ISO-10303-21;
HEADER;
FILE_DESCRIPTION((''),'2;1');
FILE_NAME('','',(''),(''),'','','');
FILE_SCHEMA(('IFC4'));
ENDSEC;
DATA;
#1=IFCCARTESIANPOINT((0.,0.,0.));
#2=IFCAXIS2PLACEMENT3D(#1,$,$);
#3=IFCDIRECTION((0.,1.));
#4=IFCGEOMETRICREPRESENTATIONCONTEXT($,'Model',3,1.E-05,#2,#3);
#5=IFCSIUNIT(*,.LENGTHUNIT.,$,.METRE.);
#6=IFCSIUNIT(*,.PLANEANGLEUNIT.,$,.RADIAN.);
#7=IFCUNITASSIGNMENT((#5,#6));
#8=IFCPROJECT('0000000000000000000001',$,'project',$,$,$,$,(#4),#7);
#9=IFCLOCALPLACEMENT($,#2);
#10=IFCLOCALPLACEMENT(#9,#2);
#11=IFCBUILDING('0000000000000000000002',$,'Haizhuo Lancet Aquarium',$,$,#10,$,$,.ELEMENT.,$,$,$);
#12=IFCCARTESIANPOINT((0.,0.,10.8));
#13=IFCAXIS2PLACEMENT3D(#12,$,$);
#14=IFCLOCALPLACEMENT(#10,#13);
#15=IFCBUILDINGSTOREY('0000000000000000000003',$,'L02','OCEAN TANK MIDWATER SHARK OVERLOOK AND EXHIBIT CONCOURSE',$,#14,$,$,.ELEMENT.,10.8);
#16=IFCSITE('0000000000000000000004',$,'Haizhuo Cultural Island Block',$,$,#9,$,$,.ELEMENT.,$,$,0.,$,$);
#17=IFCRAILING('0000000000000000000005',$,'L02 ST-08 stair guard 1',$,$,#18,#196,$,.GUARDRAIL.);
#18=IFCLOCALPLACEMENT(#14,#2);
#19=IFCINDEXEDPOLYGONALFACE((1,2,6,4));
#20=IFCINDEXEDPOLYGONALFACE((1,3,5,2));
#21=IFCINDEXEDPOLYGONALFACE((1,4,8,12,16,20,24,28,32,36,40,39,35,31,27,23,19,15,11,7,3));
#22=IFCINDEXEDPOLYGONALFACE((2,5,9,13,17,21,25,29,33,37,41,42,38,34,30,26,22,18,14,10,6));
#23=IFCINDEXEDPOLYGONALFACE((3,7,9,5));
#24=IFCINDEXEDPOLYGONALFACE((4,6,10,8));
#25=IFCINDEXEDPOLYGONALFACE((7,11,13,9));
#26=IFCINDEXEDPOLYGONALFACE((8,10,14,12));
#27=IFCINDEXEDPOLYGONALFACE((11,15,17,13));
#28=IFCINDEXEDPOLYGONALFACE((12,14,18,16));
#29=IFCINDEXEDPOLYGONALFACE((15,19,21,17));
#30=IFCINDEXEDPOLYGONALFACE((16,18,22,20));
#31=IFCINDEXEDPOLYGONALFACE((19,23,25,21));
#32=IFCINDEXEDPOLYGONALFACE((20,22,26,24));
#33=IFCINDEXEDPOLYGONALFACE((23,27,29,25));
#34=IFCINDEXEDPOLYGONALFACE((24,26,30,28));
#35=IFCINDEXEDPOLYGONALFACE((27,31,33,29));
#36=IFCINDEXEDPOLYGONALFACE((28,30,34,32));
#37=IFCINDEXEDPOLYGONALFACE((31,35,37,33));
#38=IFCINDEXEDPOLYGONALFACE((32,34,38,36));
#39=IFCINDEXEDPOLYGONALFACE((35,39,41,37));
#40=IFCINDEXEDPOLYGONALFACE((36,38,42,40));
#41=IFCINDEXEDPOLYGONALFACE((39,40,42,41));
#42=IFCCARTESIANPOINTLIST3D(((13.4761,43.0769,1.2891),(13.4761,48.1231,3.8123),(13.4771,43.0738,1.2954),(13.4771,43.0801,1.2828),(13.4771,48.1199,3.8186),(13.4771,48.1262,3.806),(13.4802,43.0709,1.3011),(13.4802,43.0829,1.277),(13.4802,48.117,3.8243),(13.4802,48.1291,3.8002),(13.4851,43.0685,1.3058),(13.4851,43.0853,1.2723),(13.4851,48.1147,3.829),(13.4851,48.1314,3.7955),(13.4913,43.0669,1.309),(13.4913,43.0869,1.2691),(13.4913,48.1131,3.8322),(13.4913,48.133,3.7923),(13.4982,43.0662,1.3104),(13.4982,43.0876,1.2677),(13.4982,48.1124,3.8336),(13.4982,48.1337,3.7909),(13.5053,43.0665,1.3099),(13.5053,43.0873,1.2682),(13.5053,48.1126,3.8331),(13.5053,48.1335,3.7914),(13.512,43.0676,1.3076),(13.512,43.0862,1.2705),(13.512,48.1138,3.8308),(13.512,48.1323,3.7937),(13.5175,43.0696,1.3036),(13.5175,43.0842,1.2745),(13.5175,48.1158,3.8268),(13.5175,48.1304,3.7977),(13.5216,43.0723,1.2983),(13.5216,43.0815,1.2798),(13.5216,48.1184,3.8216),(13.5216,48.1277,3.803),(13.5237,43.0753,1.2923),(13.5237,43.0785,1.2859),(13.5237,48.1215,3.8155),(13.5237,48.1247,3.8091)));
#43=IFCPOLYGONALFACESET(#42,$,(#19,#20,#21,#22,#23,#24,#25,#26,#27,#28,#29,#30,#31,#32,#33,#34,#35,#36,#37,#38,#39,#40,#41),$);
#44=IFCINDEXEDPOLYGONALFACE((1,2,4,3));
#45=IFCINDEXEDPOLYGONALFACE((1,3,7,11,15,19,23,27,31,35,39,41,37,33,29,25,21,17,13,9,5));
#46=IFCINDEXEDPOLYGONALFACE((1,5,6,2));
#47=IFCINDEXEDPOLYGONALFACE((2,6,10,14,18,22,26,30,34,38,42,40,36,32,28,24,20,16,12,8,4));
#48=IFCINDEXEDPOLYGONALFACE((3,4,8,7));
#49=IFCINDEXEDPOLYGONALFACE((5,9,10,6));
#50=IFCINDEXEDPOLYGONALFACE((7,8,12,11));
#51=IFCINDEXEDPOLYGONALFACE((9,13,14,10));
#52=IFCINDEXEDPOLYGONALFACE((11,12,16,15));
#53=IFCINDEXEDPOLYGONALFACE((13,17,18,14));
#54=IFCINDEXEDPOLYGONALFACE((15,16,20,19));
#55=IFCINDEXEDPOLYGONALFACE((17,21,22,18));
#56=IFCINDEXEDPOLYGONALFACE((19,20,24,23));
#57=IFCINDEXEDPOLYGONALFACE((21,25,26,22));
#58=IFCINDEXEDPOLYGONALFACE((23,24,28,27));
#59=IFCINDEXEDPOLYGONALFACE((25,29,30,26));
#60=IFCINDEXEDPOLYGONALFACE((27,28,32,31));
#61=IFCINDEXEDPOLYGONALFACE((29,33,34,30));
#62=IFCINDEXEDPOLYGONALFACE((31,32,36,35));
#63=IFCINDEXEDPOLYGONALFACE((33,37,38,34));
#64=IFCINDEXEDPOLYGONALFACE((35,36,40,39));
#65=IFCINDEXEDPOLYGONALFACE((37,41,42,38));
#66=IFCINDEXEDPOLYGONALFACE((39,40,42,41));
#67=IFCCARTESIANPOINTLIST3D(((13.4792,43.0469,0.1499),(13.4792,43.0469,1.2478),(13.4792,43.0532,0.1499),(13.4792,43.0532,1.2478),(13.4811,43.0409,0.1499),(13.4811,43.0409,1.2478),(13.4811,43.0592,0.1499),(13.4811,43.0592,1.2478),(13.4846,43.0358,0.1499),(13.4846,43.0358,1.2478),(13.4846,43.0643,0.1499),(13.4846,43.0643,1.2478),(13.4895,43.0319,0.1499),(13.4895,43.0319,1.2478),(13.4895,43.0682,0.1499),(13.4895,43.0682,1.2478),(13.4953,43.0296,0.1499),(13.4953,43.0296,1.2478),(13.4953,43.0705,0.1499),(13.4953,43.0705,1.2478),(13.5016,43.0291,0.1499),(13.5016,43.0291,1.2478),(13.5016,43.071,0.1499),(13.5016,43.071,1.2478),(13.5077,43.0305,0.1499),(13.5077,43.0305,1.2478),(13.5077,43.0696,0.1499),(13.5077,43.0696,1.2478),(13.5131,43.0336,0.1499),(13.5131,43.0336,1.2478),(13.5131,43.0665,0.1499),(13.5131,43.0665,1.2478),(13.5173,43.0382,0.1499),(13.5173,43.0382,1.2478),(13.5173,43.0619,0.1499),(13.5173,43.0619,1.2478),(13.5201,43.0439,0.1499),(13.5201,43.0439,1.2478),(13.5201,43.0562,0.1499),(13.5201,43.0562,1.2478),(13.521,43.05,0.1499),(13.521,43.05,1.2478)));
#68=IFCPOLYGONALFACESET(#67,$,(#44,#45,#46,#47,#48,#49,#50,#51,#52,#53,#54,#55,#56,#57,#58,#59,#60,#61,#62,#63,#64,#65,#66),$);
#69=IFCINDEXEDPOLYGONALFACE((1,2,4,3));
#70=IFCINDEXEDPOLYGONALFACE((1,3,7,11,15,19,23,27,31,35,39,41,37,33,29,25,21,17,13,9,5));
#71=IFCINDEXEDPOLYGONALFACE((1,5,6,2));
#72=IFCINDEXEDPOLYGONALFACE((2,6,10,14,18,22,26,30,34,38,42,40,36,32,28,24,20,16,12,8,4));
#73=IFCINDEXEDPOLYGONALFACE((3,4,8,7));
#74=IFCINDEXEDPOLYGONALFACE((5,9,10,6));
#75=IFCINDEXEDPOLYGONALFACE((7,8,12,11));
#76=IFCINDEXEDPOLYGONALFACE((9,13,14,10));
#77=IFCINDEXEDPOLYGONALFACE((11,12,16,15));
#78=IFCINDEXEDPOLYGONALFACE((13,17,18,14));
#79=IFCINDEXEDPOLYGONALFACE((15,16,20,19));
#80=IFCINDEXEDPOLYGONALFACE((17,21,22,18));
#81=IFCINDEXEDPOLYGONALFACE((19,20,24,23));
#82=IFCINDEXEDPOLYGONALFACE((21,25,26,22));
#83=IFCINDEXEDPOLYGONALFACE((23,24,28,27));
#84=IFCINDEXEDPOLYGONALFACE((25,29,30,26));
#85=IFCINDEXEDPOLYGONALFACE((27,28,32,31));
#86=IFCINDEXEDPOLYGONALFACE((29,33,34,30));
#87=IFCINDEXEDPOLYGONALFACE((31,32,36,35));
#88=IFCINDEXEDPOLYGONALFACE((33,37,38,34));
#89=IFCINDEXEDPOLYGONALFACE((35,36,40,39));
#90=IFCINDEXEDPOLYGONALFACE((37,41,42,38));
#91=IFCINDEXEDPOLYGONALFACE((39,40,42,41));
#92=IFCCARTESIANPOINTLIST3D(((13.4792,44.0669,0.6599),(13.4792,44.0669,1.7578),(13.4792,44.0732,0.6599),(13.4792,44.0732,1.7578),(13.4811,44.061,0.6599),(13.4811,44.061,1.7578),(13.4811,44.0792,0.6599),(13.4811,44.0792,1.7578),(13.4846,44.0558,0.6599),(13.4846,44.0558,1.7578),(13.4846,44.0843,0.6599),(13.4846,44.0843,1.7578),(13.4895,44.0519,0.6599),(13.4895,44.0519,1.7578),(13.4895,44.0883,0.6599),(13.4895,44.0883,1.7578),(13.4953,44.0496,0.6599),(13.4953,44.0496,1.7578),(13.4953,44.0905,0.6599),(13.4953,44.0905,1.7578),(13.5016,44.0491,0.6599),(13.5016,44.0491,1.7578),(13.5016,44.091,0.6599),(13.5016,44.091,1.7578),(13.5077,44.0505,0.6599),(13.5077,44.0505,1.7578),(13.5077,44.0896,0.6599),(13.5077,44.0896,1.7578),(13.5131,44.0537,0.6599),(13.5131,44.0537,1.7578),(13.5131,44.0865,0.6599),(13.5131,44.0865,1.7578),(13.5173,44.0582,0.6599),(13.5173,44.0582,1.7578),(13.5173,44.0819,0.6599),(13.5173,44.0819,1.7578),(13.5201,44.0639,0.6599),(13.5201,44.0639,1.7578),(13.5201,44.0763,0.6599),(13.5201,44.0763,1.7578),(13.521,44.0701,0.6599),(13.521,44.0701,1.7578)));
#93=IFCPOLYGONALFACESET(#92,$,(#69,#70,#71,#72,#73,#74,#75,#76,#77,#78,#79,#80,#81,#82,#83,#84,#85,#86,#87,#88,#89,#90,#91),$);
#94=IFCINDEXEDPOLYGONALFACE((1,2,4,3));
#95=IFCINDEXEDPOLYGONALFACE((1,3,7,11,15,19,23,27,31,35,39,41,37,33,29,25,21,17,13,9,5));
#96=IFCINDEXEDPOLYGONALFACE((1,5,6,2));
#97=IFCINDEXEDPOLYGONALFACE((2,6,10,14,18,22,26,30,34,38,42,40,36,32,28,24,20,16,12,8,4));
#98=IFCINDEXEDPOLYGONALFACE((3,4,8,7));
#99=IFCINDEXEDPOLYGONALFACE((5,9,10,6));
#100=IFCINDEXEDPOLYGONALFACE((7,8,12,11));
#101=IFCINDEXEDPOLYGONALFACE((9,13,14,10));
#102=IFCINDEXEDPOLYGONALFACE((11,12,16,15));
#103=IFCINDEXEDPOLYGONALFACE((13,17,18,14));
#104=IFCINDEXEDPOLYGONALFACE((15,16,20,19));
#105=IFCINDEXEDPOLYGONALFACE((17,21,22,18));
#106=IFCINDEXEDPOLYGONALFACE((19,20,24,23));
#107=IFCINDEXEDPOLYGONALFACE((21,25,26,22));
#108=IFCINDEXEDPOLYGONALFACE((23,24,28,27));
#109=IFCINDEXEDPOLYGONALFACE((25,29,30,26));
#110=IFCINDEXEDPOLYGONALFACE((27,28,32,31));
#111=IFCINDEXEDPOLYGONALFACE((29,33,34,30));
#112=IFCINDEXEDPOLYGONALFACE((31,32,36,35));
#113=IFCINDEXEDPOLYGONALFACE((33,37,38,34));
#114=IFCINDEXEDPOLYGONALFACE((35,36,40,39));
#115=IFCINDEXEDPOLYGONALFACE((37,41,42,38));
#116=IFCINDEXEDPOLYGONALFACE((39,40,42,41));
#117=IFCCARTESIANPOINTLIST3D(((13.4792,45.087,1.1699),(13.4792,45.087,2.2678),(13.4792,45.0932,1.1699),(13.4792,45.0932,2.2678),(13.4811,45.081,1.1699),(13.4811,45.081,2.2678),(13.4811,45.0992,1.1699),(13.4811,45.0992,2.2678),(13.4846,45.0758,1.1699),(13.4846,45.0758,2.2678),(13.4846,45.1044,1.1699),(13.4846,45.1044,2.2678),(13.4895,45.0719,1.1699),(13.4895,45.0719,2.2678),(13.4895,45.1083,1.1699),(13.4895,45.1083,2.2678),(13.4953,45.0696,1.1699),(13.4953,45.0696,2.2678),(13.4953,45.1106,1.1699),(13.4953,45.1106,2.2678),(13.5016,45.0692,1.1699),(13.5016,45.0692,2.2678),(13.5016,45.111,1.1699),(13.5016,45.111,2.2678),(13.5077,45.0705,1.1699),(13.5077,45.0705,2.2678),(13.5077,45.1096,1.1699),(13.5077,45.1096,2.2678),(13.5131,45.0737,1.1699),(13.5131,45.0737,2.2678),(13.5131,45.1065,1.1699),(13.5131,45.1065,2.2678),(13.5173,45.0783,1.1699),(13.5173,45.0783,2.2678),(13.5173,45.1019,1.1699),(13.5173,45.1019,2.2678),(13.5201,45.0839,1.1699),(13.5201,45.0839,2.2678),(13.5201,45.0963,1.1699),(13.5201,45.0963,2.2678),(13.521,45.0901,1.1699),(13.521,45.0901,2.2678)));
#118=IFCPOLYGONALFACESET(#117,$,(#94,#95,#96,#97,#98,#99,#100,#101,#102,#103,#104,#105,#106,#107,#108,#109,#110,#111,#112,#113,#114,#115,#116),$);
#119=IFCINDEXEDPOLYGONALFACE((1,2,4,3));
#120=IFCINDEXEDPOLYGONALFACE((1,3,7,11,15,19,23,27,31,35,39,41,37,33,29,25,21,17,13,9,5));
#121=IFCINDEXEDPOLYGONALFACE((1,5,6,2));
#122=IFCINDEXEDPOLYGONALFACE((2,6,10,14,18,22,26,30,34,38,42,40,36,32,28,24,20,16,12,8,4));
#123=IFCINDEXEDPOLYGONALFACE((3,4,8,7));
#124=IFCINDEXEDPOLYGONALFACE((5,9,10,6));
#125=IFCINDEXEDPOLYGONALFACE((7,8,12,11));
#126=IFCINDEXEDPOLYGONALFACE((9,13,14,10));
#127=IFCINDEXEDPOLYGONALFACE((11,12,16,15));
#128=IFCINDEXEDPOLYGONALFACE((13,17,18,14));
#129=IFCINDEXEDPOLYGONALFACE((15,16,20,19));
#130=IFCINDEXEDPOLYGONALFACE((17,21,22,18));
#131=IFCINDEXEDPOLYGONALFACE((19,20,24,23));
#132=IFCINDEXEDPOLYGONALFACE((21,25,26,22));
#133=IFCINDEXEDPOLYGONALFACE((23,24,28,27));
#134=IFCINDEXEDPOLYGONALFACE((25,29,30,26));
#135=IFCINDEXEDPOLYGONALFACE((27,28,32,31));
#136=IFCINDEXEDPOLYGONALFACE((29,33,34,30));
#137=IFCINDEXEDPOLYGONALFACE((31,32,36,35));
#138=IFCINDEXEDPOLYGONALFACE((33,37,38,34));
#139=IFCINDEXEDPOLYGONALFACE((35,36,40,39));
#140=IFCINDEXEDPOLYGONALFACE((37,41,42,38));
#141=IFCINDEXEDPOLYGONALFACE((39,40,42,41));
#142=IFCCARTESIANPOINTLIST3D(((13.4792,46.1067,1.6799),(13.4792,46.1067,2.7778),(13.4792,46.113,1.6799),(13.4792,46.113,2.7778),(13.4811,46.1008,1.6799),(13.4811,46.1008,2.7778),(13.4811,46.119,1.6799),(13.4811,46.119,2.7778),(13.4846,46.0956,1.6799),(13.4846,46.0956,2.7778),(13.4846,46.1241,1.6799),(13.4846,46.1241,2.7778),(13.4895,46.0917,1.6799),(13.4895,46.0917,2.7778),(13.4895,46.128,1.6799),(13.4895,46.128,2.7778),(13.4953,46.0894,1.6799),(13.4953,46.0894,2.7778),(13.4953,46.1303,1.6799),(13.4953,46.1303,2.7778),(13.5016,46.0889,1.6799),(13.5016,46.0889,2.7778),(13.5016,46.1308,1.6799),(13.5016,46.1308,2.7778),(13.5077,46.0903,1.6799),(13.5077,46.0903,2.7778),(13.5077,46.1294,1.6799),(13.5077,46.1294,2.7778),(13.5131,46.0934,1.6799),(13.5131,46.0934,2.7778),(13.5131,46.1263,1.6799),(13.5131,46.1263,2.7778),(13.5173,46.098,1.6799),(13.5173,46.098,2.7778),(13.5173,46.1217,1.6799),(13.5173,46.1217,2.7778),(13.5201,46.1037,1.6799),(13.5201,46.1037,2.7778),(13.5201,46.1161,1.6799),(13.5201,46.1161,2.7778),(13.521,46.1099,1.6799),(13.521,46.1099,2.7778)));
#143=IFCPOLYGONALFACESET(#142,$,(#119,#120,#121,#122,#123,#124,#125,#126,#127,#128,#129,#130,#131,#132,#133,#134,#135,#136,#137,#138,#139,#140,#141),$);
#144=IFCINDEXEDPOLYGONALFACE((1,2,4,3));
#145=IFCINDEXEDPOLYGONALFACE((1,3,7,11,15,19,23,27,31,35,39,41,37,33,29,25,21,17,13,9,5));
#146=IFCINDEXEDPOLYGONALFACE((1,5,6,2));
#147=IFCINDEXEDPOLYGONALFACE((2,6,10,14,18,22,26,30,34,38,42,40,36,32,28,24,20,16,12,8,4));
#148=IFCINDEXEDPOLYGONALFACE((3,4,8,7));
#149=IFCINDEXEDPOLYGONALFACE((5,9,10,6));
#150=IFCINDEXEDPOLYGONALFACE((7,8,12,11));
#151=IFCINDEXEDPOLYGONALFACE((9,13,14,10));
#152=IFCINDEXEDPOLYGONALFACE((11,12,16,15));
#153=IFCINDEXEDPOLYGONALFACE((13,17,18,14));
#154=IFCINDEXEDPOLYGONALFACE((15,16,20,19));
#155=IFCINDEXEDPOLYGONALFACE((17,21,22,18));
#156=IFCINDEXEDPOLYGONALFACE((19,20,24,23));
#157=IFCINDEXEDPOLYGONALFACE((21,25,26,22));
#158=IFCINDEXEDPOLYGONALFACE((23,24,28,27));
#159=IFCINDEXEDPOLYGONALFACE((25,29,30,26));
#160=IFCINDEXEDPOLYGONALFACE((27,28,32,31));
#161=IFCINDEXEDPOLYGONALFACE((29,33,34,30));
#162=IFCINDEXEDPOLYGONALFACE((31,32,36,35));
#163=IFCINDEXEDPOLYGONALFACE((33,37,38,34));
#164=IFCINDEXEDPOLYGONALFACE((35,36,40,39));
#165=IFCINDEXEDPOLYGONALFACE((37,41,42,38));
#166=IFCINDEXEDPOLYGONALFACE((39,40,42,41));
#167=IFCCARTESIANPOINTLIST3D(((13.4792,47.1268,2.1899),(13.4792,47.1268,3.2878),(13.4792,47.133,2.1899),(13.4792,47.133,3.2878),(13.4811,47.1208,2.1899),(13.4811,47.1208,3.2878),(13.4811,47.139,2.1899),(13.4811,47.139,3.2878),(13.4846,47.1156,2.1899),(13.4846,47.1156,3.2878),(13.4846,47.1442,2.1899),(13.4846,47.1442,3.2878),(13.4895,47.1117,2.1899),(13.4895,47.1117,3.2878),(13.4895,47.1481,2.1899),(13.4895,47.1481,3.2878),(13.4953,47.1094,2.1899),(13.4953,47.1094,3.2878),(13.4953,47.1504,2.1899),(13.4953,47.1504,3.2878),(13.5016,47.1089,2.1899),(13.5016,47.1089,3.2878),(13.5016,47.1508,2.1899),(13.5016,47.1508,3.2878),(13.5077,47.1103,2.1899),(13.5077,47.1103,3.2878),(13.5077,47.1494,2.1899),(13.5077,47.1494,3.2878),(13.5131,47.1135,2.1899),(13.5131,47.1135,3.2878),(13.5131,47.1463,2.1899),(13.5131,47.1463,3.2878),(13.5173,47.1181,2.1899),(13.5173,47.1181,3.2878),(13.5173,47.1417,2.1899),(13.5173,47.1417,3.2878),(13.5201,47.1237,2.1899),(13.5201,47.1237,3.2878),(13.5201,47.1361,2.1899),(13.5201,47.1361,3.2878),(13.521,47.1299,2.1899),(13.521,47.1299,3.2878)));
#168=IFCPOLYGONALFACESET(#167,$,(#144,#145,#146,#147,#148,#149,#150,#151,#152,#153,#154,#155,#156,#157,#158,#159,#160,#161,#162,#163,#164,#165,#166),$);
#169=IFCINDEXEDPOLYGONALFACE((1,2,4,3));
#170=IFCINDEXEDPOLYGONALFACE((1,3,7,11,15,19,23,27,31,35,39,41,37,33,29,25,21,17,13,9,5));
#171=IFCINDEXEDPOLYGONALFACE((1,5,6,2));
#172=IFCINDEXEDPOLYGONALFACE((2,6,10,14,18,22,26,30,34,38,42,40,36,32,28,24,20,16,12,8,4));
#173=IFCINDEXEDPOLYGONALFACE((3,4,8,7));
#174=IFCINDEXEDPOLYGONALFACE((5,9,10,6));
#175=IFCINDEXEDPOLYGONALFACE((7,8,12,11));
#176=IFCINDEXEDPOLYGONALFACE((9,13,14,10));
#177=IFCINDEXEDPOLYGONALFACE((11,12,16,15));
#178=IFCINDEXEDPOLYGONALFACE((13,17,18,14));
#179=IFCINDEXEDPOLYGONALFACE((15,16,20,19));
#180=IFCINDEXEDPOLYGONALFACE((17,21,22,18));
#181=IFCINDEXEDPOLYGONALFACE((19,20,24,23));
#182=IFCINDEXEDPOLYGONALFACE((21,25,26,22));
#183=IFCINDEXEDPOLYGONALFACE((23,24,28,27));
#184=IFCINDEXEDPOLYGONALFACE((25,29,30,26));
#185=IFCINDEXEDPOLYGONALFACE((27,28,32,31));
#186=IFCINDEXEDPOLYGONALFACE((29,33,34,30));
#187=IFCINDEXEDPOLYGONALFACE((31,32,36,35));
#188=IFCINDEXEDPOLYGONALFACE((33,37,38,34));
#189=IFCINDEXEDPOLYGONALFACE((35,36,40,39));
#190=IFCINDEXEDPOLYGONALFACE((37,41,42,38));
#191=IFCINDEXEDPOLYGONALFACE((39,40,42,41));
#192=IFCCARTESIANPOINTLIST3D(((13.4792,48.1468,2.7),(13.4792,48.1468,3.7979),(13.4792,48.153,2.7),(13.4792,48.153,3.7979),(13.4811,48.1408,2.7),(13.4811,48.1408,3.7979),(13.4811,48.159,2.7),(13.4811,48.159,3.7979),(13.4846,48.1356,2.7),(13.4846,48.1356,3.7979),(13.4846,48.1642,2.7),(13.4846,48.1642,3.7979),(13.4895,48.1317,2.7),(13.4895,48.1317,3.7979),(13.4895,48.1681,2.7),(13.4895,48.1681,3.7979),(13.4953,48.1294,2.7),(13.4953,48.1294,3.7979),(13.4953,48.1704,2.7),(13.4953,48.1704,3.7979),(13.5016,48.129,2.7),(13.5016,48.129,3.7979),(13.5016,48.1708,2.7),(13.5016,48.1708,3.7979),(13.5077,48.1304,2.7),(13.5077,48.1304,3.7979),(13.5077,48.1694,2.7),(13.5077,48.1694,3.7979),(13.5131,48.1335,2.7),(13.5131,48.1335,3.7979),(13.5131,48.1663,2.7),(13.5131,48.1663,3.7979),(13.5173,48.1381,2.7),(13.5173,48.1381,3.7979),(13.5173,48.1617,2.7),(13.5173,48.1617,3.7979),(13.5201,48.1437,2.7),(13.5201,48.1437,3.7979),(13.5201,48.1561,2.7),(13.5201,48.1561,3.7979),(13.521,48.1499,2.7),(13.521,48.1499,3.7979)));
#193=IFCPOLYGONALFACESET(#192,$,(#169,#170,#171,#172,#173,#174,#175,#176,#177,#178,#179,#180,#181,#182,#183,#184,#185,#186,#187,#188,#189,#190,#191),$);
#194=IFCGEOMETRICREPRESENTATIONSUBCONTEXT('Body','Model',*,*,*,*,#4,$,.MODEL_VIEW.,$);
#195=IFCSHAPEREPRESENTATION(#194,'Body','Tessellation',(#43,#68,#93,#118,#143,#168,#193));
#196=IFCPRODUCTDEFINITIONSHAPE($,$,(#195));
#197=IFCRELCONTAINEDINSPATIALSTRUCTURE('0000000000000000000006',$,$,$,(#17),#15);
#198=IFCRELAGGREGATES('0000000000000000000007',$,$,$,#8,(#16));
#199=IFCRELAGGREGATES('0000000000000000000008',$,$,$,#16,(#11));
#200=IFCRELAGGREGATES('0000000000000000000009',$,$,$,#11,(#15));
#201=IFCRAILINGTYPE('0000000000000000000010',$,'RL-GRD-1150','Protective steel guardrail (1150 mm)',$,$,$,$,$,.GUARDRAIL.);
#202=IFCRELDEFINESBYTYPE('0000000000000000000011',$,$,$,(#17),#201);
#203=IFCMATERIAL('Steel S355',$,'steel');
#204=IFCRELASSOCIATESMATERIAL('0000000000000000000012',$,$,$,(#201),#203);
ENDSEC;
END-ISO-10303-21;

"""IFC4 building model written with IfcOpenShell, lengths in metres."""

from ifc_helpers import new_model, si_unit, direction, frame, origin, origin_2d, place, context, subcontext, project, spatial, circle, extrude, material, type_object, element, save


model = new_model("IFC4")

# Units and contexts
model_context = context("Model", 3, precision=1e-05, world=origin(), true_north=direction((0.0, 1.0)))
body_context = subcontext(model_context, "Body", "Model", "MODEL_VIEW")
ifc_project = project(units=[si_unit("LENGTHUNIT", "METRE"), si_unit("PLANEANGLEUNIT", "RADIAN")], contexts=[model_context])

# Site, building, storey
site_placement = place(None, origin())
site = spatial("IfcSite", under=ifc_project, at=site_placement, Name="Haizhuo Cultural Island Block", CompositionType="ELEMENT", RefElevation=0.0)
building_placement = place(site_placement, origin())
building = spatial("IfcBuilding", under=site, at=building_placement, Name="Haizhuo Lancet Aquarium", CompositionType="ELEMENT")
storey_placement = place(building_placement, frame((0.0, 0.0, 10.8)))
storey = spatial("IfcBuildingStorey", under=building, at=storey_placement, Name="L02", Description="OCEAN TANK MIDWATER SHARK OVERLOOK AND EXHIBIT CONCOURSE", CompositionType="ELEMENT", Elevation=10.8)

# Shared definitions
ifc_material_1 = material(Name="Steel S355", Category="steel")

# Railing
railing_type_1 = type_object("IfcRailingType", Name="RL-GRD-1150", Description="Protective steel guardrail (1150 mm)", PredefinedType="GUARDRAIL", material=ifc_material_1)
railing_1_placement = place(storey_placement, frame((13.5, 43.05, 0.1499)))
element("IfcRailing", 1, at=railing_1_placement, inside=storey, type_object=railing_type_1, Name="L02 ST-08 stair guard 1", PredefinedType="GUARDRAIL", context=body_context, shape_type="SweptSolid", body=[
    extrude(circle(Radius=0.0239, at=origin_2d()), frame((0.0, 0.0269, 1.1392), z_axis=(0.0, 0.894419, 0.447231), x_axis=(-1.0, 0.0, 0.0)), (0.0, 0.0, 1.0), 5.6418),
    extrude(circle(Radius=0.021, at=origin_2d()), origin(), (0.0, 0.0, 1.0), 1.0979),
    extrude(circle(Radius=0.021, at=origin_2d()), frame((0.0, 1.02, 0.51)), (0.0, 0.0, 1.0), 1.0979),
    extrude(circle(Radius=0.021, at=origin_2d()), frame((0.0, 2.04, 1.02)), (0.0, 0.0, 1.0), 1.0979),
    extrude(circle(Radius=0.021, at=origin_2d()), frame((0.0, 3.0598, 1.53)), (0.0, 0.0, 1.0), 1.0979),
    extrude(circle(Radius=0.021, at=origin_2d()), frame((0.0, 4.0798, 2.04)), (0.0, 0.0, 1.0), 1.0979),
    extrude(circle(Radius=0.021, at=origin_2d()), frame((0.0, 5.0999, 2.55)), (0.0, 0.0, 1.0), 1.0979),
])

save(model, "model.ifc")
